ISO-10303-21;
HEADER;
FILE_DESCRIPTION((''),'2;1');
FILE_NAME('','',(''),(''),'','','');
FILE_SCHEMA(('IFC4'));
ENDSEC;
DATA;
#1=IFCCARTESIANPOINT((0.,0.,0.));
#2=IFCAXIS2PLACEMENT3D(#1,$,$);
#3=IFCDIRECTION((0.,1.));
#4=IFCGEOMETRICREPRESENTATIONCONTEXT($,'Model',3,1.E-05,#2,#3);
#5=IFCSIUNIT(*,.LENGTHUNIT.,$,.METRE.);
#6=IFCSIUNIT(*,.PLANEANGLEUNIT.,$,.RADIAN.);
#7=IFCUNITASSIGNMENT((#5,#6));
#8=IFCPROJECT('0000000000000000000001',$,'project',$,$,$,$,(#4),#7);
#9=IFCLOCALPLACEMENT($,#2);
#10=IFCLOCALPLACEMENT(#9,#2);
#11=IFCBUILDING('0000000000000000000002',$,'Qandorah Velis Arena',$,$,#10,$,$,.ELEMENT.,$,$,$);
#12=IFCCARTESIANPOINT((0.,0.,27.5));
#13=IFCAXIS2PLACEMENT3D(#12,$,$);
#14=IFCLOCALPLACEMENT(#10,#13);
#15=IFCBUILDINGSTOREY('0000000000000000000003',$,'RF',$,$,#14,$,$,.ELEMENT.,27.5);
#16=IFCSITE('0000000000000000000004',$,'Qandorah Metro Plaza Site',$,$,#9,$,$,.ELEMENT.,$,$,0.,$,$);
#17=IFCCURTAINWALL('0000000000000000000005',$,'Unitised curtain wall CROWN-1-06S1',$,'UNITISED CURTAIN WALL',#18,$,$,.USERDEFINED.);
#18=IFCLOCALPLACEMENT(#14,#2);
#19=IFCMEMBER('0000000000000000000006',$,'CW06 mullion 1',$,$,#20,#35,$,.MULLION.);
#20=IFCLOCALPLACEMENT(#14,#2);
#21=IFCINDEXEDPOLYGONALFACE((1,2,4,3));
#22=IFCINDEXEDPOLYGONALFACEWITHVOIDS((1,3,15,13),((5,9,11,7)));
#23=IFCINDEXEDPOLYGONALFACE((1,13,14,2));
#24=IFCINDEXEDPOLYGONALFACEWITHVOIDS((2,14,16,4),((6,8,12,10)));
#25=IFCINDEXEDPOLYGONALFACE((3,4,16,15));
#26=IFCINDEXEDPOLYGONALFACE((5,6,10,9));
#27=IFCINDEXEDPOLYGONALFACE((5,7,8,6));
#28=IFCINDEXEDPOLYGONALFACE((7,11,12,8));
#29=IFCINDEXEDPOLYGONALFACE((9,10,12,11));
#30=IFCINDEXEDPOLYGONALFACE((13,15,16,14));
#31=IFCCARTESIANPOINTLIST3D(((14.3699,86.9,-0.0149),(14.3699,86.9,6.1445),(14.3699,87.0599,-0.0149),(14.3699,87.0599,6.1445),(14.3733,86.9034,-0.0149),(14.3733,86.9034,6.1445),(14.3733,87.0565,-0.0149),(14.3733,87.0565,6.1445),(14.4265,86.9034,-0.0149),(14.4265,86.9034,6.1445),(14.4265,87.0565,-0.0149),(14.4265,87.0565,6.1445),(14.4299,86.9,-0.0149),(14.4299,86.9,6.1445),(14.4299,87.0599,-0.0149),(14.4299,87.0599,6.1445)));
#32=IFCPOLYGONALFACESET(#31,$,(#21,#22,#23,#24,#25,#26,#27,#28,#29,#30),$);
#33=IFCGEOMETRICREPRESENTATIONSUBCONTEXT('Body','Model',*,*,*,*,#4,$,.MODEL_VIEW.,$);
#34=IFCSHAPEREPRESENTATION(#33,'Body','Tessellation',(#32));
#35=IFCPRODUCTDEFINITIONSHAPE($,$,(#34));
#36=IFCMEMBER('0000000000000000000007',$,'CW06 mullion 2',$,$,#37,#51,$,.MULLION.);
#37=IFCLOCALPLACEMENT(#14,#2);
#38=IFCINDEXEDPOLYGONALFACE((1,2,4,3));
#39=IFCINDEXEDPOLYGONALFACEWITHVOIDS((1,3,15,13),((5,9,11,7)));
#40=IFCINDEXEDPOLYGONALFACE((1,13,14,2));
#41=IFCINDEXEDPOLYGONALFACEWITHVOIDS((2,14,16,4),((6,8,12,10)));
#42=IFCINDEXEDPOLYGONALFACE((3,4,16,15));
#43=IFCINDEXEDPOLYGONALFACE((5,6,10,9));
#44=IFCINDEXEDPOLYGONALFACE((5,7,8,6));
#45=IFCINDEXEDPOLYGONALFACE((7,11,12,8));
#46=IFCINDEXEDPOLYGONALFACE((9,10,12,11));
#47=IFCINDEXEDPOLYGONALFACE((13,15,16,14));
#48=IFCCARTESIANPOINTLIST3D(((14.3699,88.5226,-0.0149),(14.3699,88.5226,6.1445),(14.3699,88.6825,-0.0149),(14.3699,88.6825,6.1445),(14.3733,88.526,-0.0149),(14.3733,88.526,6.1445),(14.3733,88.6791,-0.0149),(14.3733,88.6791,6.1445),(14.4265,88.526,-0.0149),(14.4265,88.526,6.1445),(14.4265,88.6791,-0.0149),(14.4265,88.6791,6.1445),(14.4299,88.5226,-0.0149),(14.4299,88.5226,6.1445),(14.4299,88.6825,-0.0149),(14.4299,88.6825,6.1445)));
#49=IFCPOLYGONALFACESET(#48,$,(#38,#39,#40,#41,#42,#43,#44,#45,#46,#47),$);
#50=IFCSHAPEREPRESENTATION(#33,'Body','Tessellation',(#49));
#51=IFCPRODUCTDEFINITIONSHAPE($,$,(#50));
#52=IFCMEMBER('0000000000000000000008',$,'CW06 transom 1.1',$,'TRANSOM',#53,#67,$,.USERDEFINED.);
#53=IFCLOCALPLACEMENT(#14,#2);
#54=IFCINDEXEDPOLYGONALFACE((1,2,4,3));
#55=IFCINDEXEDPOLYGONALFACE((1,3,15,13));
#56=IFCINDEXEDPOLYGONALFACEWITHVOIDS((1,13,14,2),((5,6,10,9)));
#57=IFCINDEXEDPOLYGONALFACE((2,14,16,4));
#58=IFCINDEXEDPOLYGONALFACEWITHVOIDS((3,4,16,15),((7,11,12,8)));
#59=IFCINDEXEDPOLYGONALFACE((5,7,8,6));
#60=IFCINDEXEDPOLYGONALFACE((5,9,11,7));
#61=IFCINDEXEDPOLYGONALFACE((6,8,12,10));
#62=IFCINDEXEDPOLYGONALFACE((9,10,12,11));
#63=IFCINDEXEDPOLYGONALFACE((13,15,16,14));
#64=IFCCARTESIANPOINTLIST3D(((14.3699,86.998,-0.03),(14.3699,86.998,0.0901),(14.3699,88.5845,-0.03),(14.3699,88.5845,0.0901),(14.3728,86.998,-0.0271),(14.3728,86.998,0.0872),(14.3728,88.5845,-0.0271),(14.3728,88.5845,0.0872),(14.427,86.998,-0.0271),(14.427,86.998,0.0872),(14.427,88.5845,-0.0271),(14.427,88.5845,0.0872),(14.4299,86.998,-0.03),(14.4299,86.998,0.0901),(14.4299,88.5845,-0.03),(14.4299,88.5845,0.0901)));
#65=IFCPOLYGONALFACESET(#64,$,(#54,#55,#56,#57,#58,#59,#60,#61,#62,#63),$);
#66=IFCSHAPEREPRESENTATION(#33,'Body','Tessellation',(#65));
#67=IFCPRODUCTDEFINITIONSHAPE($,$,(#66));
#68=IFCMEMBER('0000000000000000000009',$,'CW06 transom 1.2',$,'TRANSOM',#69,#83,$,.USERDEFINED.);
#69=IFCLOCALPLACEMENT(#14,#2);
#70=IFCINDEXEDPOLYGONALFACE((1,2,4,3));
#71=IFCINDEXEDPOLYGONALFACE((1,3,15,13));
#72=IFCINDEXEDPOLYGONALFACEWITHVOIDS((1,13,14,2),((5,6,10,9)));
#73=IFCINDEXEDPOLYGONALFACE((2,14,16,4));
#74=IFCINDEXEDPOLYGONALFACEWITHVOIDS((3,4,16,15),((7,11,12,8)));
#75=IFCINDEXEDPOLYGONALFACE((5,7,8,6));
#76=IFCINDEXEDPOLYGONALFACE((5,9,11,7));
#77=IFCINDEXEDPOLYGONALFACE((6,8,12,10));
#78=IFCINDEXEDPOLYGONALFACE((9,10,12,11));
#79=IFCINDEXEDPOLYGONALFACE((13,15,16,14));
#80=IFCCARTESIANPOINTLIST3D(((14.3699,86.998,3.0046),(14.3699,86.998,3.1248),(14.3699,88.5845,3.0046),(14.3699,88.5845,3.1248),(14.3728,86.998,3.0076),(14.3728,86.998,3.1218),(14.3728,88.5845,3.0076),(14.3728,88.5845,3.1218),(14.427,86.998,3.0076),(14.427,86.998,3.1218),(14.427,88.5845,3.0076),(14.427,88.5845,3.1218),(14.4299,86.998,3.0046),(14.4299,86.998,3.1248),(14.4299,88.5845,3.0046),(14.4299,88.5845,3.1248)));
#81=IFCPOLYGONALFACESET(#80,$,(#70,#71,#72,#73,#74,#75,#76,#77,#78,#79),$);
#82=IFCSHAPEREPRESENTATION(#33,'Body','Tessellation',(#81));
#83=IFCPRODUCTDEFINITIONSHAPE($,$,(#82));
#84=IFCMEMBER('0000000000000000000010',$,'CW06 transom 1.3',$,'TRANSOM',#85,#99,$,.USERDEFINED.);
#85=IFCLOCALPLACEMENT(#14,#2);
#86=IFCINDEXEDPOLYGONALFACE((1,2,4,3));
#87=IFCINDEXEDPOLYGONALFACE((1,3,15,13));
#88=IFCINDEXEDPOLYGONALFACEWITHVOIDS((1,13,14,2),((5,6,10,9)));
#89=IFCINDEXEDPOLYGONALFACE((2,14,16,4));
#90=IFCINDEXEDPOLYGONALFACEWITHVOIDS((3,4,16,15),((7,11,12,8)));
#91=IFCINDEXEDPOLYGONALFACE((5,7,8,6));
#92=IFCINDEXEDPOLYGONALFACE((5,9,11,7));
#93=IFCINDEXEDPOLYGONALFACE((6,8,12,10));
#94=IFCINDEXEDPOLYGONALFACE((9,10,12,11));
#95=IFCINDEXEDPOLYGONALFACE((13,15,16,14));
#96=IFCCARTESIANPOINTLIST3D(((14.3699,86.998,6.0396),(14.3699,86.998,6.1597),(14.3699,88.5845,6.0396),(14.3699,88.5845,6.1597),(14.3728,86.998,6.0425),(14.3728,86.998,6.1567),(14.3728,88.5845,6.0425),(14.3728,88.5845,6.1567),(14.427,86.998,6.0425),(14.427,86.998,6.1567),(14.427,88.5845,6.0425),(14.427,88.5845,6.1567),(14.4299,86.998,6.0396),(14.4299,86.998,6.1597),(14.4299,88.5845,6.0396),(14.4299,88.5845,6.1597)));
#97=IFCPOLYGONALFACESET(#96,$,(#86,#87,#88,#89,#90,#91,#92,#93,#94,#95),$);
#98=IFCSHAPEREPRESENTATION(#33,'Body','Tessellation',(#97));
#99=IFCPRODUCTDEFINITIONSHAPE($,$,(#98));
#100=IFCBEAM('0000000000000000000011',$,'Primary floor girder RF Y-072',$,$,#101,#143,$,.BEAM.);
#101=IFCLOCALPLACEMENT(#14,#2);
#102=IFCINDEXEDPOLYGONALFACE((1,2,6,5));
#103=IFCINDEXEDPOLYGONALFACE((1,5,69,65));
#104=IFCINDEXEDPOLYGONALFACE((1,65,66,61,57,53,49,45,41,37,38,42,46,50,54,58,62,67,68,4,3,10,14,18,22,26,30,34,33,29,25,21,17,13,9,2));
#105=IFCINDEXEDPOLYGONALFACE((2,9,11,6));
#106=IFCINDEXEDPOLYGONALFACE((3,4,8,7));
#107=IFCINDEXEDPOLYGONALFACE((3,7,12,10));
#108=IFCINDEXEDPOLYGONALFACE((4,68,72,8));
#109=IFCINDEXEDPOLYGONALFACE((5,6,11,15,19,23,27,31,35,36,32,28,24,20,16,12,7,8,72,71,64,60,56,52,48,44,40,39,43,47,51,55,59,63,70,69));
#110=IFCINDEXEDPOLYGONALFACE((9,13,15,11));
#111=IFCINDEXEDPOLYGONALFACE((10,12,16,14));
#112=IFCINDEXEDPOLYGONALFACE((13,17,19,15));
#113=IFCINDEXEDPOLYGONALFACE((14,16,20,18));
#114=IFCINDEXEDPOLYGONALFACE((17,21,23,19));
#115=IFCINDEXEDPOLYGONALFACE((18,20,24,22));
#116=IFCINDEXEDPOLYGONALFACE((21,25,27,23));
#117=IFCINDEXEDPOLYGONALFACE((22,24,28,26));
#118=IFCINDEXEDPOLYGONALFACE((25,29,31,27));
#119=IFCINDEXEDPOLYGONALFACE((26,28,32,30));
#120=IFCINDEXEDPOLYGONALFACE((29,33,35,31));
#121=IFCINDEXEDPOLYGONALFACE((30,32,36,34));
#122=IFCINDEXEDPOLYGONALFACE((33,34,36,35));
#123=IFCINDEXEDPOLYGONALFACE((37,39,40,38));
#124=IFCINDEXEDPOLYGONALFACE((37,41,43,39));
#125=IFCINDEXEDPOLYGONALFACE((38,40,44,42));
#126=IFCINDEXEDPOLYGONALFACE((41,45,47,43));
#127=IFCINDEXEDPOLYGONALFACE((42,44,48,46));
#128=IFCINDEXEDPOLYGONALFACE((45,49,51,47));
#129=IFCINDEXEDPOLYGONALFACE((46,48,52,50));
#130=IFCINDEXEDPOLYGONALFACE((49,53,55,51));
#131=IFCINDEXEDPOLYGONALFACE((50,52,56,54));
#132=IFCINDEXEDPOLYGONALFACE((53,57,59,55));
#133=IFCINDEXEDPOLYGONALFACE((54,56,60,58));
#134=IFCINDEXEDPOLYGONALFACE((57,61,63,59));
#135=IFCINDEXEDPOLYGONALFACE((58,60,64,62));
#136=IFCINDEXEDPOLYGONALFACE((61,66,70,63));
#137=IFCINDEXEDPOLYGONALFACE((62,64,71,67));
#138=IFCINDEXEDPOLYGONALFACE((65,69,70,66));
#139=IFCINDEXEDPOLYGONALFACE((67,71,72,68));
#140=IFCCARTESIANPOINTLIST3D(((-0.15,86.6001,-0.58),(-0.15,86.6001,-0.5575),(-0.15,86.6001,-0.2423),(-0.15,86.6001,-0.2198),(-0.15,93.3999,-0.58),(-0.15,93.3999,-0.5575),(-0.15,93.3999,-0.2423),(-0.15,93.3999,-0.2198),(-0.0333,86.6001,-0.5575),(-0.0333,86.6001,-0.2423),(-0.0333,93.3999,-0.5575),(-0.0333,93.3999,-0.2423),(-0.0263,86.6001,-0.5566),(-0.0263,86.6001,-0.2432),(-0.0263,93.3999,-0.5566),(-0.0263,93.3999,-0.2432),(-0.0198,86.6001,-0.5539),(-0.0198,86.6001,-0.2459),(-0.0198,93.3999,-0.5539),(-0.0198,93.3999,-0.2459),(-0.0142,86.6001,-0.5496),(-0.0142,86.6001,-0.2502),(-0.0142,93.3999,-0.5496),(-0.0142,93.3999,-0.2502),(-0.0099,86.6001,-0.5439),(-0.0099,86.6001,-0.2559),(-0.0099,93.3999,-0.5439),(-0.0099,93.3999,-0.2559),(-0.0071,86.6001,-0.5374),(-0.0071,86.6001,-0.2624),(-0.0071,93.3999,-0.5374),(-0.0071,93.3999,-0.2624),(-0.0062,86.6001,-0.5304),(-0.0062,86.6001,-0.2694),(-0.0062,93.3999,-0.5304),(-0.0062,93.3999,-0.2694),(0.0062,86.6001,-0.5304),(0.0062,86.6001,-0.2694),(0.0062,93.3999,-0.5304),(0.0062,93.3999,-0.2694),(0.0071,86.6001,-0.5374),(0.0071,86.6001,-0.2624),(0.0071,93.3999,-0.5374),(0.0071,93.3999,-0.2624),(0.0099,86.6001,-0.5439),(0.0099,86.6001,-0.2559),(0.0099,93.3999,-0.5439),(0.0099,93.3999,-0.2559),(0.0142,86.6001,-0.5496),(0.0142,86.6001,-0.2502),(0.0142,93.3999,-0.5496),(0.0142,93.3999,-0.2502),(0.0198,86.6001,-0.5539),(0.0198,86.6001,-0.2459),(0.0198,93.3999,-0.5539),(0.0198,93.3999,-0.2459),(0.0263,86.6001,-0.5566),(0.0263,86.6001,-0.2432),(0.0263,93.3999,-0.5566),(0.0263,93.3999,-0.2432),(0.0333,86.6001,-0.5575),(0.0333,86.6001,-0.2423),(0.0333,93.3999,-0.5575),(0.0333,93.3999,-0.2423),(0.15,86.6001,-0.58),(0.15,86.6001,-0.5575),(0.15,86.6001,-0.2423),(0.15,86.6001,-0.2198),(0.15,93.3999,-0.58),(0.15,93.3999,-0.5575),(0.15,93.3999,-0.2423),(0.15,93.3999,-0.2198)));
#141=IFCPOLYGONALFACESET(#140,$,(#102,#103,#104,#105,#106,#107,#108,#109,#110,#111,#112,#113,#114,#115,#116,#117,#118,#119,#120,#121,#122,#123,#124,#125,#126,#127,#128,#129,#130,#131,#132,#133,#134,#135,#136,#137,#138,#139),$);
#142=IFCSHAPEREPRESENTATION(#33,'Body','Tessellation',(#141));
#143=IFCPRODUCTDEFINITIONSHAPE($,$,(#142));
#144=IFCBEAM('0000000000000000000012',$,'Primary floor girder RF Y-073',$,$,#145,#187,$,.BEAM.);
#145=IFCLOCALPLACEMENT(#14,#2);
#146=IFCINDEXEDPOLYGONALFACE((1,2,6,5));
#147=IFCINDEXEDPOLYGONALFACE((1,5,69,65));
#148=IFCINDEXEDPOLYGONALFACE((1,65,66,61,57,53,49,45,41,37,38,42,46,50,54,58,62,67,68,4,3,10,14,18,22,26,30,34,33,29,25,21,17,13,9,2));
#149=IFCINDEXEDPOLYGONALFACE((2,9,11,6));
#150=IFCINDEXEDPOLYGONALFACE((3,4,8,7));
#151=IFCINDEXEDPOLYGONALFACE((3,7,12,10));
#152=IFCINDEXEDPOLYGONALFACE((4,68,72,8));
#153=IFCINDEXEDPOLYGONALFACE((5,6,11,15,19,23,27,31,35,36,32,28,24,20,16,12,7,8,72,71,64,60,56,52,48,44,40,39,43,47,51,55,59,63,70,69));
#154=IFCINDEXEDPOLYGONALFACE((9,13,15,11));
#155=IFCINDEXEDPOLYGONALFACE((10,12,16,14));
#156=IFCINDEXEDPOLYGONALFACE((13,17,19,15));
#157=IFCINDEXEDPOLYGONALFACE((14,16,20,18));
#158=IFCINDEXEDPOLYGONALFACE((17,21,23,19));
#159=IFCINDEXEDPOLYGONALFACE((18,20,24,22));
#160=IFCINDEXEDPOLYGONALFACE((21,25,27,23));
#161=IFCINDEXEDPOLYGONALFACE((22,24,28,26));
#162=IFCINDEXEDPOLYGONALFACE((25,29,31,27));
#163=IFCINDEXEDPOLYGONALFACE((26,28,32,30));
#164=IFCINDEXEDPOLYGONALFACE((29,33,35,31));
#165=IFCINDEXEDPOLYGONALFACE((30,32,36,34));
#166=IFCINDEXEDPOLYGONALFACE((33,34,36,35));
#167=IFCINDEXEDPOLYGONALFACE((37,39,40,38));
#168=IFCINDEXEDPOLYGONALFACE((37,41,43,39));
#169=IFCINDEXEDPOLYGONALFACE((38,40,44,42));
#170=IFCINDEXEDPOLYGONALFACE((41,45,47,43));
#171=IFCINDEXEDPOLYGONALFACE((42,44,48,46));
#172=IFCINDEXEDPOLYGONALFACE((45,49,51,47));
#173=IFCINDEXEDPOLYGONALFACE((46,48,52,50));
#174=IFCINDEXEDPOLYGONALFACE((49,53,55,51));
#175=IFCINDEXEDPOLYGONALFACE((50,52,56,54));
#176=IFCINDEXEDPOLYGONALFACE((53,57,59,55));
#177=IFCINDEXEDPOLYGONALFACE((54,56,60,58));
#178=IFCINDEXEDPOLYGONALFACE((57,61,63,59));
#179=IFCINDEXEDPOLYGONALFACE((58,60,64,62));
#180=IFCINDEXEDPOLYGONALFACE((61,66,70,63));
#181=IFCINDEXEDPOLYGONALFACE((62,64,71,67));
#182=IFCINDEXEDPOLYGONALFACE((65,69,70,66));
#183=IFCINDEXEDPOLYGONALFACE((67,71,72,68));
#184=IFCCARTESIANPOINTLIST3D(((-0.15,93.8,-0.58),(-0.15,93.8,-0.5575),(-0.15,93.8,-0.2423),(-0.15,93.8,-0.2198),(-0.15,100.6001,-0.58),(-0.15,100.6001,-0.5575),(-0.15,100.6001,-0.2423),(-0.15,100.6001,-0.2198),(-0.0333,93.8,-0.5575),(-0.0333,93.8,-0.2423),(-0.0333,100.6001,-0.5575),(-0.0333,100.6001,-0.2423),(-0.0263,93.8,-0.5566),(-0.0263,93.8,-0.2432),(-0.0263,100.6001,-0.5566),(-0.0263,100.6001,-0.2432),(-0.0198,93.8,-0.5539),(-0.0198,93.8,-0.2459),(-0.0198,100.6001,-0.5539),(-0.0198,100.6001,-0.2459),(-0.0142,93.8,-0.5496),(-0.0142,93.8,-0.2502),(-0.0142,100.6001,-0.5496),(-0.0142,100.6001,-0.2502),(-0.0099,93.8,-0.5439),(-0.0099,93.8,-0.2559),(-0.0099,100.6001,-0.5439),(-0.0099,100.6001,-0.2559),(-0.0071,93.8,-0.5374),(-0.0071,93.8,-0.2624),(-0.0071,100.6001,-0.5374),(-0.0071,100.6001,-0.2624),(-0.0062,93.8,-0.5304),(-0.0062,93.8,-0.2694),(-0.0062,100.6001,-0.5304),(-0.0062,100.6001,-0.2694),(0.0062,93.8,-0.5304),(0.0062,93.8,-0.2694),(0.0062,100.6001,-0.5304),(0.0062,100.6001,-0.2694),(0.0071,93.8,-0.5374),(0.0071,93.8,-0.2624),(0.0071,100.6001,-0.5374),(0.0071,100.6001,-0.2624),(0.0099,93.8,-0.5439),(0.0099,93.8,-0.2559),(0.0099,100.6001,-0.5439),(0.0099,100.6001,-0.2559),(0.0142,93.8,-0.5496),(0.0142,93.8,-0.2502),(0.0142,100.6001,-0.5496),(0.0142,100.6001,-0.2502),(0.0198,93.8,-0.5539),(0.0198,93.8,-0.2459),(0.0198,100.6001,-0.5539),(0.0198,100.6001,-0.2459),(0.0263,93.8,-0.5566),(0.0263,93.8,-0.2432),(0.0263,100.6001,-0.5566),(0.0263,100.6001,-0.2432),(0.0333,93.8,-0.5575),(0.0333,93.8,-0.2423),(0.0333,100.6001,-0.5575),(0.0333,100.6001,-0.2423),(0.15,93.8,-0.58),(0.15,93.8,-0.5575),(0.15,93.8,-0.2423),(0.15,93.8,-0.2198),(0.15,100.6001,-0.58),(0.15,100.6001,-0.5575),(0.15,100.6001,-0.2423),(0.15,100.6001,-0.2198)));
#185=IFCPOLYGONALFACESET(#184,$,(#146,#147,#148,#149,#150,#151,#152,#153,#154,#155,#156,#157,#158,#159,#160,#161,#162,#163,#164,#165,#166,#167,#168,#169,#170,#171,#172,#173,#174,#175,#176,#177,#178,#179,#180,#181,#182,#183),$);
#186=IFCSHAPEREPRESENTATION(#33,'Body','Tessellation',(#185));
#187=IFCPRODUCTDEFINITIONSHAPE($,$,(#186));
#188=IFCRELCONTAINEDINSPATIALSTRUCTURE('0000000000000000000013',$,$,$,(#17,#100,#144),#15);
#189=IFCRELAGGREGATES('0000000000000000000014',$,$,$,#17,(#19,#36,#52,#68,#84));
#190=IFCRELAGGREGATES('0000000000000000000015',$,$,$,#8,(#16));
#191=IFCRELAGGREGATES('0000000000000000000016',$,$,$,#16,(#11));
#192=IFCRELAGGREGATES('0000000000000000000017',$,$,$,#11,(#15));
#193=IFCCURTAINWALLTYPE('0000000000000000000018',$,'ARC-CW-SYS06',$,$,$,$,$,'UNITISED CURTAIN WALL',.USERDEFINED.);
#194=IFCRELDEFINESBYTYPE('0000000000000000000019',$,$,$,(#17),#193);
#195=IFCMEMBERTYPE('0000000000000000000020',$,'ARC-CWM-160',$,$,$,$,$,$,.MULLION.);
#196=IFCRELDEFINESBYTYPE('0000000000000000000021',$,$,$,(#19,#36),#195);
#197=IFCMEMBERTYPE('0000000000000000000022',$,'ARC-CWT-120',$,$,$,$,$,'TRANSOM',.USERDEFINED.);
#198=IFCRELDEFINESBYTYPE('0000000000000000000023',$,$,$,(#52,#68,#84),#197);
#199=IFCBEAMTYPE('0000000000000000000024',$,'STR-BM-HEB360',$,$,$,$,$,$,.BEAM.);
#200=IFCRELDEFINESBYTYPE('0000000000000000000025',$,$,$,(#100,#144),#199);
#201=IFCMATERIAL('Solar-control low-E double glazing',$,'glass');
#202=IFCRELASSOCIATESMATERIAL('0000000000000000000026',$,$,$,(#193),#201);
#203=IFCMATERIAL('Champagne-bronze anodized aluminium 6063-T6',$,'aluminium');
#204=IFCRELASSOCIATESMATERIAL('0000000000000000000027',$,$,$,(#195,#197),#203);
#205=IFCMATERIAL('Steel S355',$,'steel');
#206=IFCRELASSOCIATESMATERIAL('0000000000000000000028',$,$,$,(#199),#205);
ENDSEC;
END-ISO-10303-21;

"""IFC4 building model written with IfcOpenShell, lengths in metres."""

from ifc_helpers import new_model, si_unit, direction, frame, origin, origin_2d, place, context, subcontext, project, spatial, hollow_rectangle, i_section, extrude, material, material_profile, profile_set, type_object, element, aggregate, save


model = new_model("IFC4")

# Units and contexts
model_context = context("Model", 3, precision=1e-05, world=origin(), true_north=direction((0.0, 1.0)))
body_context = subcontext(model_context, "Body", "Model", "MODEL_VIEW")
ifc_project = project(units=[si_unit("LENGTHUNIT", "METRE"), si_unit("PLANEANGLEUNIT", "RADIAN")], contexts=[model_context])

# Site, building, storey
site_placement = place(None, origin())
site = spatial("IfcSite", under=ifc_project, at=site_placement, Name="Qandorah Metro Plaza Site", CompositionType="ELEMENT", RefElevation=0.0)
building_placement = place(site_placement, origin())
building = spatial("IfcBuilding", under=site, at=building_placement, Name="Qandorah Velis Arena", CompositionType="ELEMENT")
storey_placement = place(building_placement, frame((0.0, 0.0, 27.5)))
storey = spatial("IfcBuildingStorey", under=building, at=storey_placement, Name="RF", CompositionType="ELEMENT", Elevation=27.5)

# Curtain wall, members
ifc_material_1 = material(Name="Solar-control low-E double glazing", Category="glass")
curtain_wall_type = type_object("IfcCurtainWallType", Name="ARC-CW-SYS06", ElementType="UNITISED CURTAIN WALL", PredefinedType="USERDEFINED", material=ifc_material_1)
curtain_wall_placement = place(storey_placement, origin())
curtain_wall = element("IfcCurtainWall", 1, at=curtain_wall_placement, inside=storey, type_object=curtain_wall_type, Name="Unitised curtain wall CROWN-1-06S1", ObjectType="UNITISED CURTAIN WALL", PredefinedType="USERDEFINED")
ifc_material_2 = material(Name="Champagne-bronze anodized aluminium 6063-T6", Category="aluminium")
ifc_material_profile_1 = material_profile(ifc_material_2, hollow_rectangle(XDim=0.0601, YDim=0.1599, WallThickness=0.0034, at=origin_2d()), Name="ALU MULLION 60x160")
ifc_profile_set_1 = profile_set([ifc_material_profile_1], Name="Champagne-bronze anodized aluminium 6063-T6")
member_type_1 = type_object("IfcMemberType", Name="ARC-CWM-160", PredefinedType="MULLION", material=ifc_profile_set_1)
member_1_placement = place(storey_placement, frame((14.3999, 86.98, -0.0149), z_axis=(0.0, 0.0, 1.0), x_axis=(-1.0, 0.0, 0.0)))
member_1 = element("IfcMember", 2, at=member_1_placement, type_object=member_type_1, Name="CW06 mullion 1", PredefinedType="MULLION", context=body_context, shape_type="SweptSolid", body=[
    extrude(hollow_rectangle(XDim=0.0601, YDim=0.1599, WallThickness=0.0034, at=origin_2d()), origin(), (0.0, 0.0, 1.0), 6.1594),
])
member_2_placement = place(storey_placement, frame((14.3999, 88.6025, -0.0149), z_axis=(0.0, 0.0, 1.0), x_axis=(-1.0, 0.0, 0.0)))
member_2 = element("IfcMember", 3, at=member_2_placement, type_object=member_type_1, Name="CW06 mullion 2", PredefinedType="MULLION", context=body_context, shape_type="SweptSolid", body=[
    extrude(hollow_rectangle(XDim=0.0601, YDim=0.1599, WallThickness=0.0034, at=origin_2d()), origin(), (0.0, 0.0, 1.0), 6.1594),
])
ifc_material_profile_2 = material_profile(ifc_material_2, hollow_rectangle(XDim=0.0601, YDim=0.1201, WallThickness=0.0029, at=origin_2d()), Name="ALU TRANSOM 60x120")
ifc_profile_set_2 = profile_set([ifc_material_profile_2], Name="Champagne-bronze anodized aluminium 6063-T6")
member_type_2 = type_object("IfcMemberType", Name="ARC-CWT-120", ElementType="TRANSOM", PredefinedType="USERDEFINED", material=ifc_profile_set_2)
member_3_placement = place(storey_placement, frame((14.3999, 86.998, 0.03), z_axis=(0.0, 1.0, 0.0), x_axis=(-1.0, 0.0, 0.0)))
member_3 = element("IfcMember", 4, at=member_3_placement, type_object=member_type_2, Name="CW06 transom 1.1", ObjectType="TRANSOM", PredefinedType="USERDEFINED", context=body_context, shape_type="SweptSolid", body=[
    extrude(hollow_rectangle(XDim=0.0601, YDim=0.1201, WallThickness=0.0029, at=origin_2d()), origin(), (0.0, 0.0, 1.0), 1.5864),
])
member_4_placement = place(storey_placement, frame((14.3999, 86.998, 3.0647), z_axis=(0.0, 1.0, 0.0), x_axis=(-1.0, 0.0, 0.0)))
member_4 = element("IfcMember", 5, at=member_4_placement, type_object=member_type_2, Name="CW06 transom 1.2", ObjectType="TRANSOM", PredefinedType="USERDEFINED", context=body_context, shape_type="SweptSolid", body=[
    extrude(hollow_rectangle(XDim=0.0601, YDim=0.1201, WallThickness=0.0029, at=origin_2d()), origin(), (0.0, 0.0, 1.0), 1.5864),
])
member_5_placement = place(storey_placement, frame((14.3999, 86.998, 6.0996), z_axis=(0.0, 1.0, 0.0), x_axis=(-1.0, 0.0, 0.0)))
member_5 = element("IfcMember", 6, at=member_5_placement, type_object=member_type_2, Name="CW06 transom 1.3", ObjectType="TRANSOM", PredefinedType="USERDEFINED", context=body_context, shape_type="SweptSolid", body=[
    extrude(hollow_rectangle(XDim=0.0601, YDim=0.1201, WallThickness=0.0029, at=origin_2d()), origin(), (0.0, 0.0, 1.0), 1.5864),
])

# Beams
ifc_material_3 = material(Name="Steel S355", Category="steel")
ifc_material_profile_3 = material_profile(ifc_material_3, i_section(OverallWidth=0.3, OverallDepth=0.3601, WebThickness=0.0125, FlangeThickness=0.0225, FilletRadius=0.0271, at=origin_2d()), Name="HEB 360")
ifc_profile_set_3 = profile_set([ifc_material_profile_3], Name="Steel S355")
beam_type_1 = type_object("IfcBeamType", Name="STR-BM-HEB360", PredefinedType="BEAM", material=ifc_profile_set_3)
beam_1_placement = place(storey_placement, frame((0.0, 86.6001, -0.3999), z_axis=(0.0, 1.0, 0.0), x_axis=(-1.0, 0.0, 0.0)))
element("IfcBeam", 7, at=beam_1_placement, inside=storey, type_object=beam_type_1, Name="Primary floor girder RF Y-072", PredefinedType="BEAM", context=body_context, shape_type="SweptSolid", body=[
    extrude(i_section(OverallWidth=0.3, OverallDepth=0.3601, WebThickness=0.0125, FlangeThickness=0.0225, FilletRadius=0.0271, at=origin_2d()), origin(), (0.0, 0.0, 1.0), 6.7998),
])
beam_2_placement = place(storey_placement, frame((0.0, 93.8, -0.3999), z_axis=(0.0, 1.0, 0.0), x_axis=(-1.0, 0.0, 0.0)))
element("IfcBeam", 8, at=beam_2_placement, inside=storey, type_object=beam_type_1, Name="Primary floor girder RF Y-073", PredefinedType="BEAM", context=body_context, shape_type="SweptSolid", body=[
    extrude(i_section(OverallWidth=0.3, OverallDepth=0.3601, WebThickness=0.0125, FlangeThickness=0.0225, FilletRadius=0.0271, at=origin_2d()), origin(), (0.0, 0.0, 1.0), 6.8),
])

aggregate(curtain_wall, [member_1, member_2, member_3, member_4, member_5])

save(model, "model.ifc")
